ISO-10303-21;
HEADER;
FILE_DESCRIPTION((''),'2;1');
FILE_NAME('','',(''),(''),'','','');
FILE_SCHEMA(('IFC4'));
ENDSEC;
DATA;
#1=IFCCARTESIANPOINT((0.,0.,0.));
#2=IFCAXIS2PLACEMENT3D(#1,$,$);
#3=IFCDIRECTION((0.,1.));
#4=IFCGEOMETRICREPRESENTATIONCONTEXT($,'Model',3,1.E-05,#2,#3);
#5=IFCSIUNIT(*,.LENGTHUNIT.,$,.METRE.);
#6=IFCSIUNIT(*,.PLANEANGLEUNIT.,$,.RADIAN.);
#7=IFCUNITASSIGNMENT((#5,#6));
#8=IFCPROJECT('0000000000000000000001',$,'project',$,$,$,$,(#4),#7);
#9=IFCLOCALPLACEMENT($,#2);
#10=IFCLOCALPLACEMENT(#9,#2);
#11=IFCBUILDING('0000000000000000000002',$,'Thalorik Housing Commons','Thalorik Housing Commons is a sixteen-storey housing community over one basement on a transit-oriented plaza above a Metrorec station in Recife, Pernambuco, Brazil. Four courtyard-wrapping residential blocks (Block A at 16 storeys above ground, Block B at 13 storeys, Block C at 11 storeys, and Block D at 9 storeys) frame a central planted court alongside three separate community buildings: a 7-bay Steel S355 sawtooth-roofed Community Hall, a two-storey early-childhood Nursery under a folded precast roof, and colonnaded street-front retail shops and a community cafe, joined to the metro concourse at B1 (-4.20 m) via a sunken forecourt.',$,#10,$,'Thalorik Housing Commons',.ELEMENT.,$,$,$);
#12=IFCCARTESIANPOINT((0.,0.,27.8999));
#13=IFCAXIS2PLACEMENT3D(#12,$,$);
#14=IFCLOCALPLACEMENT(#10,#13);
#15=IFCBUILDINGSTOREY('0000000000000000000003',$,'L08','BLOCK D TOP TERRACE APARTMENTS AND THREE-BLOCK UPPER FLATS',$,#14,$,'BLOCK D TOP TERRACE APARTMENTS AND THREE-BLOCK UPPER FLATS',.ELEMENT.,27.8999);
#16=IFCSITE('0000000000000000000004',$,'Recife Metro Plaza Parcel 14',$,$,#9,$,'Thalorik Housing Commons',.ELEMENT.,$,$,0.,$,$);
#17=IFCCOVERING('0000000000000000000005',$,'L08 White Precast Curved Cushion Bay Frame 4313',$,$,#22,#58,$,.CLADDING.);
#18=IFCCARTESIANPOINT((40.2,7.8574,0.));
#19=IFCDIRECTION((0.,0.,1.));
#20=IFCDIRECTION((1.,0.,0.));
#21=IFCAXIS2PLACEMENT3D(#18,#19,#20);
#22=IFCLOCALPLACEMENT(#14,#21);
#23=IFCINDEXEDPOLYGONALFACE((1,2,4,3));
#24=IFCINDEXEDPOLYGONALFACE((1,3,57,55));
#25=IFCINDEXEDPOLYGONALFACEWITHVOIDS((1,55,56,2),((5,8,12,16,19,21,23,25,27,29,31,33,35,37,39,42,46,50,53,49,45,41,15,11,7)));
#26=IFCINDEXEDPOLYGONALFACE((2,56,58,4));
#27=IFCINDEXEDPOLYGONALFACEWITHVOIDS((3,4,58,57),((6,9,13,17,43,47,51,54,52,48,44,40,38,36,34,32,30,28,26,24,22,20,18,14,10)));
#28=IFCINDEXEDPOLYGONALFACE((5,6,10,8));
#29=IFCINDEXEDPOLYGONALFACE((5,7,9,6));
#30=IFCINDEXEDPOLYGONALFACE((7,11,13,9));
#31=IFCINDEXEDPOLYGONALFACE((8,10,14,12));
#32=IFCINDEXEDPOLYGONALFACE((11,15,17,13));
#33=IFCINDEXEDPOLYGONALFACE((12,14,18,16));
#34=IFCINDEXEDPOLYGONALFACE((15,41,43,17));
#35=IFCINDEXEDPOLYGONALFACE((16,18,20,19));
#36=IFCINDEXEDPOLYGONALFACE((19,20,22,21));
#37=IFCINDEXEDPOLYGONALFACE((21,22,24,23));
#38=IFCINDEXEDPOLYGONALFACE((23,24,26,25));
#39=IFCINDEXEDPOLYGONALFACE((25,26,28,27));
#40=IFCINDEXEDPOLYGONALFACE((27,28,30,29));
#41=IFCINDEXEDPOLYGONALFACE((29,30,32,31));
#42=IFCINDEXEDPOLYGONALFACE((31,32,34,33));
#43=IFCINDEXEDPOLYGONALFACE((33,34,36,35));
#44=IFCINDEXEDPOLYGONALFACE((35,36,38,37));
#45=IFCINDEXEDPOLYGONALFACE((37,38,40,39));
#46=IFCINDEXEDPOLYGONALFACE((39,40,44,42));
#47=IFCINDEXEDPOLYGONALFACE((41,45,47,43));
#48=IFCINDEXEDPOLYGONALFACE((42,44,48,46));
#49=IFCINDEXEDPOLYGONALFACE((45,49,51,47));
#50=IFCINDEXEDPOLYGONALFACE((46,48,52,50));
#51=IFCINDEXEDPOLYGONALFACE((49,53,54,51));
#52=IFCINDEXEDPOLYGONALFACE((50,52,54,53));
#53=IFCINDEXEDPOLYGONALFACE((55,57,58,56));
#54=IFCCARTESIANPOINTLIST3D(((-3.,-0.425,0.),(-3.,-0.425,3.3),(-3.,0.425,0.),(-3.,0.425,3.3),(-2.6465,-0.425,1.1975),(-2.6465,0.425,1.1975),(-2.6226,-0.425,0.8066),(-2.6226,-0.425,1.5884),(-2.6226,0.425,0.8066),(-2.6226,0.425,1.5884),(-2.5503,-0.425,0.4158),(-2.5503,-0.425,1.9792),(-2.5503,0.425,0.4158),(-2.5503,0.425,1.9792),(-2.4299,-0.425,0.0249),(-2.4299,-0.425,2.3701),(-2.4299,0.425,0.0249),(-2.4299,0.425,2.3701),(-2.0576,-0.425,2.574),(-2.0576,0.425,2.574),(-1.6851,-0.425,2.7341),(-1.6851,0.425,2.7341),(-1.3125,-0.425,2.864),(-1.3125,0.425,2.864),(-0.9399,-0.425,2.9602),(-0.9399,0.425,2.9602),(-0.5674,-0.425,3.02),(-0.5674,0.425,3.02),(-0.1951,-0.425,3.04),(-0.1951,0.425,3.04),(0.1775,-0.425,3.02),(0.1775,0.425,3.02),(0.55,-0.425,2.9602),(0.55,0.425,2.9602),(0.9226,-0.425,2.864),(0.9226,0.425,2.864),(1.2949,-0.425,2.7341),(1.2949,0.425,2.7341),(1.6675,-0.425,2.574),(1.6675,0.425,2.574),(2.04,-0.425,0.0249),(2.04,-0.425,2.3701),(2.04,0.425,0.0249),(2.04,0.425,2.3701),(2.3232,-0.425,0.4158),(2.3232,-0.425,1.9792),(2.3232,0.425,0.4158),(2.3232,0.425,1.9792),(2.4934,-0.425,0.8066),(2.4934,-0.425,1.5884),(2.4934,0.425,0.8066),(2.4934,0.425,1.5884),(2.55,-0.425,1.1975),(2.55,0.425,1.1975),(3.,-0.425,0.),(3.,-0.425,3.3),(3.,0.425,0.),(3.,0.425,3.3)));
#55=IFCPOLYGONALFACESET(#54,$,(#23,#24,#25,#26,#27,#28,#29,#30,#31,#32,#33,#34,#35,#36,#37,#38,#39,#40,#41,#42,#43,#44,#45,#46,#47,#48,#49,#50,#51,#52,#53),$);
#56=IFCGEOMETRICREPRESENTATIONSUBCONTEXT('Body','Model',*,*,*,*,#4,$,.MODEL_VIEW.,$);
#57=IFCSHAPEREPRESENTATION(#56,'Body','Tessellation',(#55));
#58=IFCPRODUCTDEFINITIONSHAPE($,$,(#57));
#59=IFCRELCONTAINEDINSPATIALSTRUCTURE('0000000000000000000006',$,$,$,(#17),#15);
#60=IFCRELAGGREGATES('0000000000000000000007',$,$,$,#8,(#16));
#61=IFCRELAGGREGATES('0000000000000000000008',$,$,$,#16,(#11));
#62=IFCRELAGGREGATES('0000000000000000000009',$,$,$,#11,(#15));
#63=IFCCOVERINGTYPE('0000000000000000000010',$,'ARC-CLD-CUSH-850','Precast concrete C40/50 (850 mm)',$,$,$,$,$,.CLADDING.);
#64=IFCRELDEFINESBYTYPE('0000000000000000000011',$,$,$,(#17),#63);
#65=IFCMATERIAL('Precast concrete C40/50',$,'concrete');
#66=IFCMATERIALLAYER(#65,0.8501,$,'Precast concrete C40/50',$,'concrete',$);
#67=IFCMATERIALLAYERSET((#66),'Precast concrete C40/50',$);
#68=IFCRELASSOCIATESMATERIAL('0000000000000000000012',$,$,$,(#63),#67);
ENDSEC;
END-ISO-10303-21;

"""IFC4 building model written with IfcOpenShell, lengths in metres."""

from ifc_helpers import new_model, si_unit, direction, frame, origin, place, context, subcontext, project, spatial, polyline, outline, extrude, material, layer, layer_set, type_object, element, save


model = new_model("IFC4")

# Units and contexts
model_context = context("Model", 3, precision=1e-05, world=origin(), true_north=direction((0.0, 1.0)))
body_context = subcontext(model_context, "Body", "Model", "MODEL_VIEW")
ifc_project = project(units=[si_unit("LENGTHUNIT", "METRE"), si_unit("PLANEANGLEUNIT", "RADIAN")], contexts=[model_context])

# Site, building, storey
site_placement = place(None, origin())
site = spatial("IfcSite", under=ifc_project, at=site_placement, Name="Recife Metro Plaza Parcel 14", LongName="Thalorik Housing Commons", CompositionType="ELEMENT", RefElevation=0.0)
building_placement = place(site_placement, origin())
building = spatial("IfcBuilding", under=site, at=building_placement, Name="Thalorik Housing Commons", Description="Thalorik Housing Commons is a sixteen-storey housing community over one basement on a transit-oriented plaza above a Metrorec station in Recife, Pernambuco, Brazil. Four courtyard-wrapping residential blocks (Block A at 16 storeys above ground, Block B at 13 storeys, Block C at 11 storeys, and Block D at 9 storeys) frame a central planted court alongside three separate community buildings: a 7-bay Steel S355 sawtooth-roofed Community Hall, a two-storey early-childhood Nursery under a folded precast roof, and colonnaded street-front retail shops and a community cafe, joined to the metro concourse at B1 (-4.20 m) via a sunken forecourt.", LongName="Thalorik Housing Commons", CompositionType="ELEMENT")
storey_placement = place(building_placement, frame((0.0, 0.0, 27.8999)))
storey = spatial("IfcBuildingStorey", under=building, at=storey_placement, Name="L08", Description="BLOCK D TOP TERRACE APARTMENTS AND THREE-BLOCK UPPER FLATS", LongName="BLOCK D TOP TERRACE APARTMENTS AND THREE-BLOCK UPPER FLATS", CompositionType="ELEMENT", Elevation=27.8999)

# Shared definitions
ifc_material_1 = material(Name="Precast concrete C40/50", Category="concrete")

# Covering
ifc_layer_1 = layer(ifc_material_1, 0.8501, Name="Precast concrete C40/50", Category="concrete")
ifc_layer_set_1 = layer_set([ifc_layer_1], Name="Precast concrete C40/50")
covering_type_1 = type_object("IfcCoveringType", Name="ARC-CLD-CUSH-850", Description="Precast concrete C40/50 (850 mm)", PredefinedType="CLADDING", material=ifc_layer_set_1)
covering_1_placement = place(storey_placement, frame((40.2, 7.8574, 0.0), z_axis=(0.0, 0.0, 1.0), x_axis=(1.0, 0.0, 0.0)))
element("IfcCovering", 1, at=covering_1_placement, inside=storey, type_object=covering_type_1, Name="L08 White Precast Curved Cushion Bay Frame 4313", PredefinedType="CLADDING", context=body_context, shape_type="SweptSolid", body=[
    extrude(outline(polyline([(-3.0, 0.0), (3.0, 0.0), (3.0, 3.3), (-3.0, 3.3), (-3.0, 0.0)]), holes=[polyline([(2.04, 0.0249), (2.3232, 0.4158), (2.4934, 0.8066), (2.55, 1.1975), (2.4934, 1.5884), (2.3232, 1.9792), (2.04, 2.3701), (1.6675, 2.574), (1.2949, 2.7341), (0.9226, 2.864), (0.55, 2.9602), (0.1775, 3.02), (-0.1951, 3.04), (-0.5674, 3.02), (-0.9399, 2.9602), (-1.3125, 2.864), (-1.6851, 2.7341), (-2.0576, 2.574), (-2.4299, 2.3701), (-2.5503, 1.9792), (-2.6226, 1.5884), (-2.6465, 1.1975), (-2.6226, 0.8066), (-2.5503, 0.4158), (-2.4299, 0.0249), (2.04, 0.0249)])]), frame((0.0, 0.425, 0.0), z_axis=(0.0, -1.0, 0.0), x_axis=(1.0, 0.0, 0.0)), (0.0, 0.0, 1.0), 0.8501),
])

save(model, "model.ifc")
